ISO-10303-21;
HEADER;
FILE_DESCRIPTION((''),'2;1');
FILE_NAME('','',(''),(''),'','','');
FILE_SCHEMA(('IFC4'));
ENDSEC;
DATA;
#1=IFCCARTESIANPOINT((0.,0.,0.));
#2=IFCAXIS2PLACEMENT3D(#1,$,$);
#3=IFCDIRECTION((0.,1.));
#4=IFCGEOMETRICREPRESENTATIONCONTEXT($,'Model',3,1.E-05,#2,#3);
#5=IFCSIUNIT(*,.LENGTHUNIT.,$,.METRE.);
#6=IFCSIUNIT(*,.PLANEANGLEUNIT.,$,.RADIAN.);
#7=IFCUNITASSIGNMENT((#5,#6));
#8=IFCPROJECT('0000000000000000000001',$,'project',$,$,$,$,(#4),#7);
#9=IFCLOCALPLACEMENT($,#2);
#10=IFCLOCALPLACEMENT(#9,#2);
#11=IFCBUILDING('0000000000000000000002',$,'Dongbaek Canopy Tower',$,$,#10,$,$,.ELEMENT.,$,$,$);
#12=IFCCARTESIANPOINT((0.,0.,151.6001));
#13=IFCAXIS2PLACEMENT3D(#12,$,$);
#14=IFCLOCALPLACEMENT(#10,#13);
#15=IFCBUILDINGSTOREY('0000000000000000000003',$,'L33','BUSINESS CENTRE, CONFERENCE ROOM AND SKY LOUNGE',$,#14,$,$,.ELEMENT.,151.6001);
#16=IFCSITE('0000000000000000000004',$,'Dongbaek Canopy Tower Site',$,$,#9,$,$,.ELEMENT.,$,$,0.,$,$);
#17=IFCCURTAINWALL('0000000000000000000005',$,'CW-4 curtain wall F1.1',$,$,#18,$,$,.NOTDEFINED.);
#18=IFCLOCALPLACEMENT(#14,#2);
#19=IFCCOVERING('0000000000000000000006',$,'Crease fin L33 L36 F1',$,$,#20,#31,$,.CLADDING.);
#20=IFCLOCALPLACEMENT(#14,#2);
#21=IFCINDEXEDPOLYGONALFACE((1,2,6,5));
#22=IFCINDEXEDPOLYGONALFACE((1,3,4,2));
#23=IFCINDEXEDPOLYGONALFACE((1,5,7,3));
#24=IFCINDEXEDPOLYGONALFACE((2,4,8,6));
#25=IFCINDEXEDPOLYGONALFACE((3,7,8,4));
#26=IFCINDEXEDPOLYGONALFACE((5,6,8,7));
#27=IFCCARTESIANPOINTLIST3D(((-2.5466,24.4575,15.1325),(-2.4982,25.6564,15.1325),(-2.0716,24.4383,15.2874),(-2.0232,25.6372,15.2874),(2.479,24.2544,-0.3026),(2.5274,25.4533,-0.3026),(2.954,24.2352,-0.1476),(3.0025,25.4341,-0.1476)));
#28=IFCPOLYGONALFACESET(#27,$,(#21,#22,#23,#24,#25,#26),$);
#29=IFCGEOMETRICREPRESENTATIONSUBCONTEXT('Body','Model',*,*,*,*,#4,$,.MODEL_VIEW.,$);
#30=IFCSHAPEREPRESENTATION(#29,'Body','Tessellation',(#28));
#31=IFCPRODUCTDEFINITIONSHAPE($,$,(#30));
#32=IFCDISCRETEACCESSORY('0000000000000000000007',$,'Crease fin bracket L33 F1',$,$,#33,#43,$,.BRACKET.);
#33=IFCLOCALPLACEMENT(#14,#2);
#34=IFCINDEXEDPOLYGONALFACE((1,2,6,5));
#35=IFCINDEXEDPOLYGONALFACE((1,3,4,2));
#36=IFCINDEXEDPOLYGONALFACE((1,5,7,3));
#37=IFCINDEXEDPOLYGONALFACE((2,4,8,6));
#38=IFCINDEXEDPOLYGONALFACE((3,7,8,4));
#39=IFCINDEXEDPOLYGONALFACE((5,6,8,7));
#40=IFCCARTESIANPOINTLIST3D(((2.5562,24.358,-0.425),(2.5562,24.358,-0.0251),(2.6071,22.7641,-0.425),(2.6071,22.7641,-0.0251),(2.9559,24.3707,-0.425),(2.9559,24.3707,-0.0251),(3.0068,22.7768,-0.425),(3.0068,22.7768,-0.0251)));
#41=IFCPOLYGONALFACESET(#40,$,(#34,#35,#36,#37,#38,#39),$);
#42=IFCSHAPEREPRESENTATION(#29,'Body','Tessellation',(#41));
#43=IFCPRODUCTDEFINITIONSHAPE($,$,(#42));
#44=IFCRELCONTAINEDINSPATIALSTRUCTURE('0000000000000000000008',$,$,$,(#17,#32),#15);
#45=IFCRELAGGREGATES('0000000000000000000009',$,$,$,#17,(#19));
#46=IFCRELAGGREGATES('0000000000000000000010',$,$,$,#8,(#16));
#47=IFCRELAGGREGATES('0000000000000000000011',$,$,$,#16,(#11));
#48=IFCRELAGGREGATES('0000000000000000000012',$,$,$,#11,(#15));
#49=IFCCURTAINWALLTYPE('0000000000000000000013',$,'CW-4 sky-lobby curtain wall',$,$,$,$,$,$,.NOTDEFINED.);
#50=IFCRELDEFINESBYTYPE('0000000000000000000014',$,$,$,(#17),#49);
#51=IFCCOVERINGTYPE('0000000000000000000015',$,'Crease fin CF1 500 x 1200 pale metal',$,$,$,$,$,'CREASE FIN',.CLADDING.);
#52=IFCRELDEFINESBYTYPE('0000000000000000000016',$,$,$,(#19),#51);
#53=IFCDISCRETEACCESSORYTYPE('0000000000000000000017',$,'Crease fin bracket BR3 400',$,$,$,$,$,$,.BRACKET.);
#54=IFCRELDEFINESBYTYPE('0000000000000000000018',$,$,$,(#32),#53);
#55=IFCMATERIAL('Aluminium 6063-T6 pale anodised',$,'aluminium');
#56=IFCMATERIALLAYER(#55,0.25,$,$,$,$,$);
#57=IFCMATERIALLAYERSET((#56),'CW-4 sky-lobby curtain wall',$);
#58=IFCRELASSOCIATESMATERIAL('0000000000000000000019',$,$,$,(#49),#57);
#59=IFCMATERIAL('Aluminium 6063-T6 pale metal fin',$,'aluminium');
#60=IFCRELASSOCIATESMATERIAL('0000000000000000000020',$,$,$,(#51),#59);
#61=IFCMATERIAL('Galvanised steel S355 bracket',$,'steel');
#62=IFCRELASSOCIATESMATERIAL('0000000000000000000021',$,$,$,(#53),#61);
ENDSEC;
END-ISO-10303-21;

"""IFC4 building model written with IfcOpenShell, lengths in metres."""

from ifc_helpers import new_model, si_unit, direction, frame, origin, origin_2d, place, context, subcontext, project, spatial, rectangle, extrude, material, layer, layer_set, material_profile, profile_set, type_object, element, aggregate, save


model = new_model("IFC4")

# Units and contexts
model_context = context("Model", 3, precision=1e-05, world=origin(), true_north=direction((0.0, 1.0)))
body_context = subcontext(model_context, "Body", "Model", "MODEL_VIEW")
ifc_project = project(units=[si_unit("LENGTHUNIT", "METRE"), si_unit("PLANEANGLEUNIT", "RADIAN")], contexts=[model_context])

# Site, building, storey
site_placement = place(None, origin())
site = spatial("IfcSite", under=ifc_project, at=site_placement, Name="Dongbaek Canopy Tower Site", CompositionType="ELEMENT", RefElevation=0.0)
building_placement = place(site_placement, origin())
building = spatial("IfcBuilding", under=site, at=building_placement, Name="Dongbaek Canopy Tower", CompositionType="ELEMENT")
storey_placement = place(building_placement, frame((0.0, 0.0, 151.6001)))
storey = spatial("IfcBuildingStorey", under=building, at=storey_placement, Name="L33", Description="BUSINESS CENTRE, CONFERENCE ROOM AND SKY LOUNGE", CompositionType="ELEMENT", Elevation=151.6001)

# Shared definitions
ifc_material_1 = material(Name="Aluminium 6063-T6 pale anodised", Category="aluminium")
ifc_layer_1 = layer(ifc_material_1, 0.25)
ifc_layer_set_1 = layer_set([ifc_layer_1], Name="CW-4 sky-lobby curtain wall")
curtain_wall_type = type_object("IfcCurtainWallType", Name="CW-4 sky-lobby curtain wall", PredefinedType="NOTDEFINED", material=ifc_layer_set_1)

# Curtain wall
curtain_wall_1_placement = place(storey_placement, origin())
curtain_wall_1 = element("IfcCurtainWall", 1, at=curtain_wall_1_placement, inside=storey, type_object=curtain_wall_type, Name="CW-4 curtain wall F1.1", PredefinedType="NOTDEFINED")

# Covering
ifc_material_2 = material(Name="Aluminium 6063-T6 pale metal fin", Category="aluminium")
ifc_material_profile_1 = material_profile(ifc_material_2, rectangle(XDim=1.2, YDim=0.5, at=origin_2d()), Name="Crease fin CF1 500 x 1200 pale metal")
ifc_profile_set_1 = profile_set([ifc_material_profile_1], Name="Aluminium 6063-T6 pale metal fin")
covering_type = type_object("IfcCoveringType", Name="Crease fin CF1 500 x 1200 pale metal", ElementType="CREASE FIN", PredefinedType="CLADDING", material=ifc_profile_set_1)
covering_placement = place(storey_placement, frame((2.7407, 24.8442, -0.2251), z_axis=(-0.309577, 0.012512, 0.950792), x_axis=(-0.040385, -0.999184, 0.0)))
covering = element("IfcCovering", 2, at=covering_placement, type_object=covering_type, Name="Crease fin L33 L36 F1", PredefinedType="CLADDING", context=body_context, shape_type="SweptSolid", body=[
    extrude(rectangle(XDim=1.2, YDim=0.5, at=origin_2d()), origin(), (0.0, 0.0, 1.0), 16.2339),
])
aggregate(curtain_wall_1, [covering])

# Discrete accessory
ifc_material_3 = material(Name="Galvanised steel S355 bracket", Category="steel")
discrete_accessory_type = type_object("IfcDiscreteAccessoryType", Name="Crease fin bracket BR3 400", PredefinedType="BRACKET", material=ifc_material_3)
discrete_accessory_placement = place(storey_placement, frame((2.7815, 23.5674, -0.425), z_axis=(0.0, 0.0, 1.0), x_axis=(-0.031868, 0.999492, 0.0)))
element("IfcDiscreteAccessory", 3, at=discrete_accessory_placement, inside=storey, type_object=discrete_accessory_type, Name="Crease fin bracket L33 F1", PredefinedType="BRACKET", context=body_context, shape_type="SweptSolid", body=[
    extrude(rectangle(XDim=1.5947, YDim=0.3999, at=origin_2d()), origin(), (0.0, 0.0, 1.0), 0.3999),
])

save(model, "model.ifc")
